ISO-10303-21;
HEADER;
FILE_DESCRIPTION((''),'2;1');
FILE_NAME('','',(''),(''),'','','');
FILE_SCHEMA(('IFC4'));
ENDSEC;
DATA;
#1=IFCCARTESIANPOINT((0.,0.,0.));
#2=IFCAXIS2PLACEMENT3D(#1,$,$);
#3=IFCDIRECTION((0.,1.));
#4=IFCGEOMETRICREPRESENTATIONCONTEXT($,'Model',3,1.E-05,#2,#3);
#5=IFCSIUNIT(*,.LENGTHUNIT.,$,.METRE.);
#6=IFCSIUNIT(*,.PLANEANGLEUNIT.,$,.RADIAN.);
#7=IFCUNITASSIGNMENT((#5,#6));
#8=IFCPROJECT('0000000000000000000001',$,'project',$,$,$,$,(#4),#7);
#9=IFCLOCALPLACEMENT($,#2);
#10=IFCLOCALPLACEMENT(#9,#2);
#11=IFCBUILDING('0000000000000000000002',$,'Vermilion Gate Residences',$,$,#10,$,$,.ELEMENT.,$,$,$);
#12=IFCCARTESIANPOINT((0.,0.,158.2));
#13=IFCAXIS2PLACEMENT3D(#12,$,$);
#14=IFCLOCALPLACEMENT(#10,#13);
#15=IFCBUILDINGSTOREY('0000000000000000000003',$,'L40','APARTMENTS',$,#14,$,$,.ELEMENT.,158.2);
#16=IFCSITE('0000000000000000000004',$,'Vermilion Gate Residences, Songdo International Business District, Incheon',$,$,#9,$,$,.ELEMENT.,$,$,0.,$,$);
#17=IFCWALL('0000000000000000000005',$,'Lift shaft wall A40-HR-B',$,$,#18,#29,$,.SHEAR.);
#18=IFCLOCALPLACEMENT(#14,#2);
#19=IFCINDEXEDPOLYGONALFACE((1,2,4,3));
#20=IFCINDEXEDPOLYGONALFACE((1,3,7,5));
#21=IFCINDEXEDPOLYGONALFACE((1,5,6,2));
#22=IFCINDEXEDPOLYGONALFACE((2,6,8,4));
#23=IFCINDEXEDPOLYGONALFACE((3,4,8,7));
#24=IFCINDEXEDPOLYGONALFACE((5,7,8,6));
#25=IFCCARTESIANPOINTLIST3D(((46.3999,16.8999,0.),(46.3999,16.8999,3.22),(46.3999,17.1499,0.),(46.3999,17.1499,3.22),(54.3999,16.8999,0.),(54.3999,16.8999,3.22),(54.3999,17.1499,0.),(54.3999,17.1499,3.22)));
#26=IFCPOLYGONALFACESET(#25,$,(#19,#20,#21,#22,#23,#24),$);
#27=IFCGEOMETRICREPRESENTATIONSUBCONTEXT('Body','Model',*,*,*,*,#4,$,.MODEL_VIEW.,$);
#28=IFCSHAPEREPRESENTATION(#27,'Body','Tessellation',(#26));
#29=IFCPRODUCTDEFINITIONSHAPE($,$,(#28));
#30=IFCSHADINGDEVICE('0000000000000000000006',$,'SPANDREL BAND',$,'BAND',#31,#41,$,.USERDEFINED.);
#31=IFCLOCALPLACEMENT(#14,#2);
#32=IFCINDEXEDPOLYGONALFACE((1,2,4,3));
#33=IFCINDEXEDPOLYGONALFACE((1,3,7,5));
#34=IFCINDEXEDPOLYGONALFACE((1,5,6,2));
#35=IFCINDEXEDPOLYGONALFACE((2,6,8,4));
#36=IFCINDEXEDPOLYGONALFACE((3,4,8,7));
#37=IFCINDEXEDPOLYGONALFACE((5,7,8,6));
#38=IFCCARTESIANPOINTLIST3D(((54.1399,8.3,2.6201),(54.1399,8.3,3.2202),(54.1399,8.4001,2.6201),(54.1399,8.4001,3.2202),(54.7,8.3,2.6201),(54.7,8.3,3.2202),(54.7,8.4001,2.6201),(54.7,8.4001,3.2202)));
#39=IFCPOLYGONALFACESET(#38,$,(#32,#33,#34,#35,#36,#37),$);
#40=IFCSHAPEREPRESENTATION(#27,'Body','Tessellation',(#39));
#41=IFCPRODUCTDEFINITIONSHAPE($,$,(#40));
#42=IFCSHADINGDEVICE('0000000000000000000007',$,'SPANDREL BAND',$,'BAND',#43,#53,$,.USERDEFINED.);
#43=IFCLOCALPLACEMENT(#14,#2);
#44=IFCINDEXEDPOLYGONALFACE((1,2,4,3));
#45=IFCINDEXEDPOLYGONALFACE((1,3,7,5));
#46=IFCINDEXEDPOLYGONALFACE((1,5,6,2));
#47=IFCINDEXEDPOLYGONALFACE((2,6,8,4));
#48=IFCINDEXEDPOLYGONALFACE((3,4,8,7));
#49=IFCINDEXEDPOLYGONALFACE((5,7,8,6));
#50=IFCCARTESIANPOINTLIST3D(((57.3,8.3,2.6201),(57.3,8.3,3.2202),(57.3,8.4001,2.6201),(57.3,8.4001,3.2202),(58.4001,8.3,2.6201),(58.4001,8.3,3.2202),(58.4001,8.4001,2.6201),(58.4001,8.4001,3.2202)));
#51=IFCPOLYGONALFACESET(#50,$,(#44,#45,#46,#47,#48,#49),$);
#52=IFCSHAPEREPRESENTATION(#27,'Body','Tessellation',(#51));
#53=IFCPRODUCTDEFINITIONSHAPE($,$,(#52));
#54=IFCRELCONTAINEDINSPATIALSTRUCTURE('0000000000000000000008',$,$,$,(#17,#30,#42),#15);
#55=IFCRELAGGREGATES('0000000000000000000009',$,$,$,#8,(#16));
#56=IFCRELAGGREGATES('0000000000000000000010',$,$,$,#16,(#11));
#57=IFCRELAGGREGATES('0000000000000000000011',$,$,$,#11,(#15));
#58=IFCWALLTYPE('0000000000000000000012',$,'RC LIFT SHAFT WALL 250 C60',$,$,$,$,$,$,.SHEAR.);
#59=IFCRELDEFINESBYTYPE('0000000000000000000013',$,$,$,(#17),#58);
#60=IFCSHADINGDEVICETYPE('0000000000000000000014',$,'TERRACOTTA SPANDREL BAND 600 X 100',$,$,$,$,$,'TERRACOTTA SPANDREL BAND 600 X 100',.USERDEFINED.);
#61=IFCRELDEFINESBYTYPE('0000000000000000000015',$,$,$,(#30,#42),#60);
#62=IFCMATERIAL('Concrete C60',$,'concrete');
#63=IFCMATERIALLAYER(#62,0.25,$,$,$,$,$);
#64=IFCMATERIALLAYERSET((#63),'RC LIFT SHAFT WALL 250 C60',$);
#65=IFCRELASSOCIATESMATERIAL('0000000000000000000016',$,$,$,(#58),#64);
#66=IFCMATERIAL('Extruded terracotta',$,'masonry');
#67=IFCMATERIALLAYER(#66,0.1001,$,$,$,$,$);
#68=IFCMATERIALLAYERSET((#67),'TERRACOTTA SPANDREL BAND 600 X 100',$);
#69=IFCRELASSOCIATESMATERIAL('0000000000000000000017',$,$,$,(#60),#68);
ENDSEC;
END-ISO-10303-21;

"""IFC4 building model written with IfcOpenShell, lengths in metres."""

from ifc_helpers import new_model, si_unit, direction, frame, frame_2d, origin, origin_2d, place, context, subcontext, project, spatial, rectangle, extrude, material, layer, layer_set, type_object, element, save


model = new_model("IFC4")

# Units and contexts
model_context = context("Model", 3, precision=1e-05, world=origin(), true_north=direction((0.0, 1.0)))
body_context = subcontext(model_context, "Body", "Model", "MODEL_VIEW")
ifc_project = project(units=[si_unit("LENGTHUNIT", "METRE"), si_unit("PLANEANGLEUNIT", "RADIAN")], contexts=[model_context])

# Site, building, storey
site_placement = place(None, origin())
site = spatial("IfcSite", under=ifc_project, at=site_placement, Name="Vermilion Gate Residences, Songdo International Business District, Incheon", CompositionType="ELEMENT", RefElevation=0.0)
building_placement = place(site_placement, origin())
building = spatial("IfcBuilding", under=site, at=building_placement, Name="Vermilion Gate Residences", CompositionType="ELEMENT")
storey_placement = place(building_placement, frame((0.0, 0.0, 158.2)))
storey = spatial("IfcBuildingStorey", under=building, at=storey_placement, Name="L40", Description="APARTMENTS", CompositionType="ELEMENT", Elevation=158.2)

# Wall
ifc_material_1 = material(Name="Concrete C60", Category="concrete")
ifc_layer_1 = layer(ifc_material_1, 0.25)
ifc_layer_set_1 = layer_set([ifc_layer_1], Name="RC LIFT SHAFT WALL 250 C60")
wall_type_1 = type_object("IfcWallType", Name="RC LIFT SHAFT WALL 250 C60", PredefinedType="SHEAR", material=ifc_layer_set_1)
wall_1_placement = place(storey_placement, frame((46.3999, 17.0249, 0.0), z_axis=(0.0, 0.0, 1.0), x_axis=(1.0, 0.0, 0.0)))
element("IfcWall", 1, at=wall_1_placement, inside=storey, type_object=wall_type_1, Name="Lift shaft wall A40-HR-B", PredefinedType="SHEAR", context=body_context, shape_type="SweptSolid", body=[
    extrude(rectangle(XDim=8.0, YDim=0.25, at=frame_2d((4.0, 0.0))), origin(), (0.0, 0.0, 1.0), 3.22),
])

# Shading devices
ifc_material_2 = material(Name="Extruded terracotta", Category="masonry")
ifc_layer_2 = layer(ifc_material_2, 0.1001)
ifc_layer_set_2 = layer_set([ifc_layer_2], Name="TERRACOTTA SPANDREL BAND 600 X 100")
shading_device_type = type_object("IfcShadingDeviceType", Name="TERRACOTTA SPANDREL BAND 600 X 100", ElementType="TERRACOTTA SPANDREL BAND 600 X 100", PredefinedType="USERDEFINED", material=ifc_layer_set_2)
shading_device_1_placement = place(storey_placement, frame((54.4199, 8.3501, 2.6201), z_axis=(0.0, 0.0, 1.0), x_axis=(1.0, 0.0, 0.0)))
element("IfcShadingDevice", 2, at=shading_device_1_placement, inside=storey, type_object=shading_device_type, Name="SPANDREL BAND", ObjectType="BAND", PredefinedType="USERDEFINED", context=body_context, shape_type="SweptSolid", body=[
    extrude(rectangle(XDim=0.5601, YDim=0.1001, at=origin_2d()), origin(), (0.0, 0.0, 1.0), 0.6001),
])
shading_device_2_placement = place(storey_placement, frame((57.8501, 8.3501, 2.6201), z_axis=(0.0, 0.0, 1.0), x_axis=(1.0, 0.0, 0.0)))
element("IfcShadingDevice", 3, at=shading_device_2_placement, inside=storey, type_object=shading_device_type, Name="SPANDREL BAND", ObjectType="BAND", PredefinedType="USERDEFINED", context=body_context, shape_type="SweptSolid", body=[
    extrude(rectangle(XDim=1.1001, YDim=0.1001, at=origin_2d()), origin(), (0.0, 0.0, 1.0), 0.6001),
])

save(model, "model.ifc")
